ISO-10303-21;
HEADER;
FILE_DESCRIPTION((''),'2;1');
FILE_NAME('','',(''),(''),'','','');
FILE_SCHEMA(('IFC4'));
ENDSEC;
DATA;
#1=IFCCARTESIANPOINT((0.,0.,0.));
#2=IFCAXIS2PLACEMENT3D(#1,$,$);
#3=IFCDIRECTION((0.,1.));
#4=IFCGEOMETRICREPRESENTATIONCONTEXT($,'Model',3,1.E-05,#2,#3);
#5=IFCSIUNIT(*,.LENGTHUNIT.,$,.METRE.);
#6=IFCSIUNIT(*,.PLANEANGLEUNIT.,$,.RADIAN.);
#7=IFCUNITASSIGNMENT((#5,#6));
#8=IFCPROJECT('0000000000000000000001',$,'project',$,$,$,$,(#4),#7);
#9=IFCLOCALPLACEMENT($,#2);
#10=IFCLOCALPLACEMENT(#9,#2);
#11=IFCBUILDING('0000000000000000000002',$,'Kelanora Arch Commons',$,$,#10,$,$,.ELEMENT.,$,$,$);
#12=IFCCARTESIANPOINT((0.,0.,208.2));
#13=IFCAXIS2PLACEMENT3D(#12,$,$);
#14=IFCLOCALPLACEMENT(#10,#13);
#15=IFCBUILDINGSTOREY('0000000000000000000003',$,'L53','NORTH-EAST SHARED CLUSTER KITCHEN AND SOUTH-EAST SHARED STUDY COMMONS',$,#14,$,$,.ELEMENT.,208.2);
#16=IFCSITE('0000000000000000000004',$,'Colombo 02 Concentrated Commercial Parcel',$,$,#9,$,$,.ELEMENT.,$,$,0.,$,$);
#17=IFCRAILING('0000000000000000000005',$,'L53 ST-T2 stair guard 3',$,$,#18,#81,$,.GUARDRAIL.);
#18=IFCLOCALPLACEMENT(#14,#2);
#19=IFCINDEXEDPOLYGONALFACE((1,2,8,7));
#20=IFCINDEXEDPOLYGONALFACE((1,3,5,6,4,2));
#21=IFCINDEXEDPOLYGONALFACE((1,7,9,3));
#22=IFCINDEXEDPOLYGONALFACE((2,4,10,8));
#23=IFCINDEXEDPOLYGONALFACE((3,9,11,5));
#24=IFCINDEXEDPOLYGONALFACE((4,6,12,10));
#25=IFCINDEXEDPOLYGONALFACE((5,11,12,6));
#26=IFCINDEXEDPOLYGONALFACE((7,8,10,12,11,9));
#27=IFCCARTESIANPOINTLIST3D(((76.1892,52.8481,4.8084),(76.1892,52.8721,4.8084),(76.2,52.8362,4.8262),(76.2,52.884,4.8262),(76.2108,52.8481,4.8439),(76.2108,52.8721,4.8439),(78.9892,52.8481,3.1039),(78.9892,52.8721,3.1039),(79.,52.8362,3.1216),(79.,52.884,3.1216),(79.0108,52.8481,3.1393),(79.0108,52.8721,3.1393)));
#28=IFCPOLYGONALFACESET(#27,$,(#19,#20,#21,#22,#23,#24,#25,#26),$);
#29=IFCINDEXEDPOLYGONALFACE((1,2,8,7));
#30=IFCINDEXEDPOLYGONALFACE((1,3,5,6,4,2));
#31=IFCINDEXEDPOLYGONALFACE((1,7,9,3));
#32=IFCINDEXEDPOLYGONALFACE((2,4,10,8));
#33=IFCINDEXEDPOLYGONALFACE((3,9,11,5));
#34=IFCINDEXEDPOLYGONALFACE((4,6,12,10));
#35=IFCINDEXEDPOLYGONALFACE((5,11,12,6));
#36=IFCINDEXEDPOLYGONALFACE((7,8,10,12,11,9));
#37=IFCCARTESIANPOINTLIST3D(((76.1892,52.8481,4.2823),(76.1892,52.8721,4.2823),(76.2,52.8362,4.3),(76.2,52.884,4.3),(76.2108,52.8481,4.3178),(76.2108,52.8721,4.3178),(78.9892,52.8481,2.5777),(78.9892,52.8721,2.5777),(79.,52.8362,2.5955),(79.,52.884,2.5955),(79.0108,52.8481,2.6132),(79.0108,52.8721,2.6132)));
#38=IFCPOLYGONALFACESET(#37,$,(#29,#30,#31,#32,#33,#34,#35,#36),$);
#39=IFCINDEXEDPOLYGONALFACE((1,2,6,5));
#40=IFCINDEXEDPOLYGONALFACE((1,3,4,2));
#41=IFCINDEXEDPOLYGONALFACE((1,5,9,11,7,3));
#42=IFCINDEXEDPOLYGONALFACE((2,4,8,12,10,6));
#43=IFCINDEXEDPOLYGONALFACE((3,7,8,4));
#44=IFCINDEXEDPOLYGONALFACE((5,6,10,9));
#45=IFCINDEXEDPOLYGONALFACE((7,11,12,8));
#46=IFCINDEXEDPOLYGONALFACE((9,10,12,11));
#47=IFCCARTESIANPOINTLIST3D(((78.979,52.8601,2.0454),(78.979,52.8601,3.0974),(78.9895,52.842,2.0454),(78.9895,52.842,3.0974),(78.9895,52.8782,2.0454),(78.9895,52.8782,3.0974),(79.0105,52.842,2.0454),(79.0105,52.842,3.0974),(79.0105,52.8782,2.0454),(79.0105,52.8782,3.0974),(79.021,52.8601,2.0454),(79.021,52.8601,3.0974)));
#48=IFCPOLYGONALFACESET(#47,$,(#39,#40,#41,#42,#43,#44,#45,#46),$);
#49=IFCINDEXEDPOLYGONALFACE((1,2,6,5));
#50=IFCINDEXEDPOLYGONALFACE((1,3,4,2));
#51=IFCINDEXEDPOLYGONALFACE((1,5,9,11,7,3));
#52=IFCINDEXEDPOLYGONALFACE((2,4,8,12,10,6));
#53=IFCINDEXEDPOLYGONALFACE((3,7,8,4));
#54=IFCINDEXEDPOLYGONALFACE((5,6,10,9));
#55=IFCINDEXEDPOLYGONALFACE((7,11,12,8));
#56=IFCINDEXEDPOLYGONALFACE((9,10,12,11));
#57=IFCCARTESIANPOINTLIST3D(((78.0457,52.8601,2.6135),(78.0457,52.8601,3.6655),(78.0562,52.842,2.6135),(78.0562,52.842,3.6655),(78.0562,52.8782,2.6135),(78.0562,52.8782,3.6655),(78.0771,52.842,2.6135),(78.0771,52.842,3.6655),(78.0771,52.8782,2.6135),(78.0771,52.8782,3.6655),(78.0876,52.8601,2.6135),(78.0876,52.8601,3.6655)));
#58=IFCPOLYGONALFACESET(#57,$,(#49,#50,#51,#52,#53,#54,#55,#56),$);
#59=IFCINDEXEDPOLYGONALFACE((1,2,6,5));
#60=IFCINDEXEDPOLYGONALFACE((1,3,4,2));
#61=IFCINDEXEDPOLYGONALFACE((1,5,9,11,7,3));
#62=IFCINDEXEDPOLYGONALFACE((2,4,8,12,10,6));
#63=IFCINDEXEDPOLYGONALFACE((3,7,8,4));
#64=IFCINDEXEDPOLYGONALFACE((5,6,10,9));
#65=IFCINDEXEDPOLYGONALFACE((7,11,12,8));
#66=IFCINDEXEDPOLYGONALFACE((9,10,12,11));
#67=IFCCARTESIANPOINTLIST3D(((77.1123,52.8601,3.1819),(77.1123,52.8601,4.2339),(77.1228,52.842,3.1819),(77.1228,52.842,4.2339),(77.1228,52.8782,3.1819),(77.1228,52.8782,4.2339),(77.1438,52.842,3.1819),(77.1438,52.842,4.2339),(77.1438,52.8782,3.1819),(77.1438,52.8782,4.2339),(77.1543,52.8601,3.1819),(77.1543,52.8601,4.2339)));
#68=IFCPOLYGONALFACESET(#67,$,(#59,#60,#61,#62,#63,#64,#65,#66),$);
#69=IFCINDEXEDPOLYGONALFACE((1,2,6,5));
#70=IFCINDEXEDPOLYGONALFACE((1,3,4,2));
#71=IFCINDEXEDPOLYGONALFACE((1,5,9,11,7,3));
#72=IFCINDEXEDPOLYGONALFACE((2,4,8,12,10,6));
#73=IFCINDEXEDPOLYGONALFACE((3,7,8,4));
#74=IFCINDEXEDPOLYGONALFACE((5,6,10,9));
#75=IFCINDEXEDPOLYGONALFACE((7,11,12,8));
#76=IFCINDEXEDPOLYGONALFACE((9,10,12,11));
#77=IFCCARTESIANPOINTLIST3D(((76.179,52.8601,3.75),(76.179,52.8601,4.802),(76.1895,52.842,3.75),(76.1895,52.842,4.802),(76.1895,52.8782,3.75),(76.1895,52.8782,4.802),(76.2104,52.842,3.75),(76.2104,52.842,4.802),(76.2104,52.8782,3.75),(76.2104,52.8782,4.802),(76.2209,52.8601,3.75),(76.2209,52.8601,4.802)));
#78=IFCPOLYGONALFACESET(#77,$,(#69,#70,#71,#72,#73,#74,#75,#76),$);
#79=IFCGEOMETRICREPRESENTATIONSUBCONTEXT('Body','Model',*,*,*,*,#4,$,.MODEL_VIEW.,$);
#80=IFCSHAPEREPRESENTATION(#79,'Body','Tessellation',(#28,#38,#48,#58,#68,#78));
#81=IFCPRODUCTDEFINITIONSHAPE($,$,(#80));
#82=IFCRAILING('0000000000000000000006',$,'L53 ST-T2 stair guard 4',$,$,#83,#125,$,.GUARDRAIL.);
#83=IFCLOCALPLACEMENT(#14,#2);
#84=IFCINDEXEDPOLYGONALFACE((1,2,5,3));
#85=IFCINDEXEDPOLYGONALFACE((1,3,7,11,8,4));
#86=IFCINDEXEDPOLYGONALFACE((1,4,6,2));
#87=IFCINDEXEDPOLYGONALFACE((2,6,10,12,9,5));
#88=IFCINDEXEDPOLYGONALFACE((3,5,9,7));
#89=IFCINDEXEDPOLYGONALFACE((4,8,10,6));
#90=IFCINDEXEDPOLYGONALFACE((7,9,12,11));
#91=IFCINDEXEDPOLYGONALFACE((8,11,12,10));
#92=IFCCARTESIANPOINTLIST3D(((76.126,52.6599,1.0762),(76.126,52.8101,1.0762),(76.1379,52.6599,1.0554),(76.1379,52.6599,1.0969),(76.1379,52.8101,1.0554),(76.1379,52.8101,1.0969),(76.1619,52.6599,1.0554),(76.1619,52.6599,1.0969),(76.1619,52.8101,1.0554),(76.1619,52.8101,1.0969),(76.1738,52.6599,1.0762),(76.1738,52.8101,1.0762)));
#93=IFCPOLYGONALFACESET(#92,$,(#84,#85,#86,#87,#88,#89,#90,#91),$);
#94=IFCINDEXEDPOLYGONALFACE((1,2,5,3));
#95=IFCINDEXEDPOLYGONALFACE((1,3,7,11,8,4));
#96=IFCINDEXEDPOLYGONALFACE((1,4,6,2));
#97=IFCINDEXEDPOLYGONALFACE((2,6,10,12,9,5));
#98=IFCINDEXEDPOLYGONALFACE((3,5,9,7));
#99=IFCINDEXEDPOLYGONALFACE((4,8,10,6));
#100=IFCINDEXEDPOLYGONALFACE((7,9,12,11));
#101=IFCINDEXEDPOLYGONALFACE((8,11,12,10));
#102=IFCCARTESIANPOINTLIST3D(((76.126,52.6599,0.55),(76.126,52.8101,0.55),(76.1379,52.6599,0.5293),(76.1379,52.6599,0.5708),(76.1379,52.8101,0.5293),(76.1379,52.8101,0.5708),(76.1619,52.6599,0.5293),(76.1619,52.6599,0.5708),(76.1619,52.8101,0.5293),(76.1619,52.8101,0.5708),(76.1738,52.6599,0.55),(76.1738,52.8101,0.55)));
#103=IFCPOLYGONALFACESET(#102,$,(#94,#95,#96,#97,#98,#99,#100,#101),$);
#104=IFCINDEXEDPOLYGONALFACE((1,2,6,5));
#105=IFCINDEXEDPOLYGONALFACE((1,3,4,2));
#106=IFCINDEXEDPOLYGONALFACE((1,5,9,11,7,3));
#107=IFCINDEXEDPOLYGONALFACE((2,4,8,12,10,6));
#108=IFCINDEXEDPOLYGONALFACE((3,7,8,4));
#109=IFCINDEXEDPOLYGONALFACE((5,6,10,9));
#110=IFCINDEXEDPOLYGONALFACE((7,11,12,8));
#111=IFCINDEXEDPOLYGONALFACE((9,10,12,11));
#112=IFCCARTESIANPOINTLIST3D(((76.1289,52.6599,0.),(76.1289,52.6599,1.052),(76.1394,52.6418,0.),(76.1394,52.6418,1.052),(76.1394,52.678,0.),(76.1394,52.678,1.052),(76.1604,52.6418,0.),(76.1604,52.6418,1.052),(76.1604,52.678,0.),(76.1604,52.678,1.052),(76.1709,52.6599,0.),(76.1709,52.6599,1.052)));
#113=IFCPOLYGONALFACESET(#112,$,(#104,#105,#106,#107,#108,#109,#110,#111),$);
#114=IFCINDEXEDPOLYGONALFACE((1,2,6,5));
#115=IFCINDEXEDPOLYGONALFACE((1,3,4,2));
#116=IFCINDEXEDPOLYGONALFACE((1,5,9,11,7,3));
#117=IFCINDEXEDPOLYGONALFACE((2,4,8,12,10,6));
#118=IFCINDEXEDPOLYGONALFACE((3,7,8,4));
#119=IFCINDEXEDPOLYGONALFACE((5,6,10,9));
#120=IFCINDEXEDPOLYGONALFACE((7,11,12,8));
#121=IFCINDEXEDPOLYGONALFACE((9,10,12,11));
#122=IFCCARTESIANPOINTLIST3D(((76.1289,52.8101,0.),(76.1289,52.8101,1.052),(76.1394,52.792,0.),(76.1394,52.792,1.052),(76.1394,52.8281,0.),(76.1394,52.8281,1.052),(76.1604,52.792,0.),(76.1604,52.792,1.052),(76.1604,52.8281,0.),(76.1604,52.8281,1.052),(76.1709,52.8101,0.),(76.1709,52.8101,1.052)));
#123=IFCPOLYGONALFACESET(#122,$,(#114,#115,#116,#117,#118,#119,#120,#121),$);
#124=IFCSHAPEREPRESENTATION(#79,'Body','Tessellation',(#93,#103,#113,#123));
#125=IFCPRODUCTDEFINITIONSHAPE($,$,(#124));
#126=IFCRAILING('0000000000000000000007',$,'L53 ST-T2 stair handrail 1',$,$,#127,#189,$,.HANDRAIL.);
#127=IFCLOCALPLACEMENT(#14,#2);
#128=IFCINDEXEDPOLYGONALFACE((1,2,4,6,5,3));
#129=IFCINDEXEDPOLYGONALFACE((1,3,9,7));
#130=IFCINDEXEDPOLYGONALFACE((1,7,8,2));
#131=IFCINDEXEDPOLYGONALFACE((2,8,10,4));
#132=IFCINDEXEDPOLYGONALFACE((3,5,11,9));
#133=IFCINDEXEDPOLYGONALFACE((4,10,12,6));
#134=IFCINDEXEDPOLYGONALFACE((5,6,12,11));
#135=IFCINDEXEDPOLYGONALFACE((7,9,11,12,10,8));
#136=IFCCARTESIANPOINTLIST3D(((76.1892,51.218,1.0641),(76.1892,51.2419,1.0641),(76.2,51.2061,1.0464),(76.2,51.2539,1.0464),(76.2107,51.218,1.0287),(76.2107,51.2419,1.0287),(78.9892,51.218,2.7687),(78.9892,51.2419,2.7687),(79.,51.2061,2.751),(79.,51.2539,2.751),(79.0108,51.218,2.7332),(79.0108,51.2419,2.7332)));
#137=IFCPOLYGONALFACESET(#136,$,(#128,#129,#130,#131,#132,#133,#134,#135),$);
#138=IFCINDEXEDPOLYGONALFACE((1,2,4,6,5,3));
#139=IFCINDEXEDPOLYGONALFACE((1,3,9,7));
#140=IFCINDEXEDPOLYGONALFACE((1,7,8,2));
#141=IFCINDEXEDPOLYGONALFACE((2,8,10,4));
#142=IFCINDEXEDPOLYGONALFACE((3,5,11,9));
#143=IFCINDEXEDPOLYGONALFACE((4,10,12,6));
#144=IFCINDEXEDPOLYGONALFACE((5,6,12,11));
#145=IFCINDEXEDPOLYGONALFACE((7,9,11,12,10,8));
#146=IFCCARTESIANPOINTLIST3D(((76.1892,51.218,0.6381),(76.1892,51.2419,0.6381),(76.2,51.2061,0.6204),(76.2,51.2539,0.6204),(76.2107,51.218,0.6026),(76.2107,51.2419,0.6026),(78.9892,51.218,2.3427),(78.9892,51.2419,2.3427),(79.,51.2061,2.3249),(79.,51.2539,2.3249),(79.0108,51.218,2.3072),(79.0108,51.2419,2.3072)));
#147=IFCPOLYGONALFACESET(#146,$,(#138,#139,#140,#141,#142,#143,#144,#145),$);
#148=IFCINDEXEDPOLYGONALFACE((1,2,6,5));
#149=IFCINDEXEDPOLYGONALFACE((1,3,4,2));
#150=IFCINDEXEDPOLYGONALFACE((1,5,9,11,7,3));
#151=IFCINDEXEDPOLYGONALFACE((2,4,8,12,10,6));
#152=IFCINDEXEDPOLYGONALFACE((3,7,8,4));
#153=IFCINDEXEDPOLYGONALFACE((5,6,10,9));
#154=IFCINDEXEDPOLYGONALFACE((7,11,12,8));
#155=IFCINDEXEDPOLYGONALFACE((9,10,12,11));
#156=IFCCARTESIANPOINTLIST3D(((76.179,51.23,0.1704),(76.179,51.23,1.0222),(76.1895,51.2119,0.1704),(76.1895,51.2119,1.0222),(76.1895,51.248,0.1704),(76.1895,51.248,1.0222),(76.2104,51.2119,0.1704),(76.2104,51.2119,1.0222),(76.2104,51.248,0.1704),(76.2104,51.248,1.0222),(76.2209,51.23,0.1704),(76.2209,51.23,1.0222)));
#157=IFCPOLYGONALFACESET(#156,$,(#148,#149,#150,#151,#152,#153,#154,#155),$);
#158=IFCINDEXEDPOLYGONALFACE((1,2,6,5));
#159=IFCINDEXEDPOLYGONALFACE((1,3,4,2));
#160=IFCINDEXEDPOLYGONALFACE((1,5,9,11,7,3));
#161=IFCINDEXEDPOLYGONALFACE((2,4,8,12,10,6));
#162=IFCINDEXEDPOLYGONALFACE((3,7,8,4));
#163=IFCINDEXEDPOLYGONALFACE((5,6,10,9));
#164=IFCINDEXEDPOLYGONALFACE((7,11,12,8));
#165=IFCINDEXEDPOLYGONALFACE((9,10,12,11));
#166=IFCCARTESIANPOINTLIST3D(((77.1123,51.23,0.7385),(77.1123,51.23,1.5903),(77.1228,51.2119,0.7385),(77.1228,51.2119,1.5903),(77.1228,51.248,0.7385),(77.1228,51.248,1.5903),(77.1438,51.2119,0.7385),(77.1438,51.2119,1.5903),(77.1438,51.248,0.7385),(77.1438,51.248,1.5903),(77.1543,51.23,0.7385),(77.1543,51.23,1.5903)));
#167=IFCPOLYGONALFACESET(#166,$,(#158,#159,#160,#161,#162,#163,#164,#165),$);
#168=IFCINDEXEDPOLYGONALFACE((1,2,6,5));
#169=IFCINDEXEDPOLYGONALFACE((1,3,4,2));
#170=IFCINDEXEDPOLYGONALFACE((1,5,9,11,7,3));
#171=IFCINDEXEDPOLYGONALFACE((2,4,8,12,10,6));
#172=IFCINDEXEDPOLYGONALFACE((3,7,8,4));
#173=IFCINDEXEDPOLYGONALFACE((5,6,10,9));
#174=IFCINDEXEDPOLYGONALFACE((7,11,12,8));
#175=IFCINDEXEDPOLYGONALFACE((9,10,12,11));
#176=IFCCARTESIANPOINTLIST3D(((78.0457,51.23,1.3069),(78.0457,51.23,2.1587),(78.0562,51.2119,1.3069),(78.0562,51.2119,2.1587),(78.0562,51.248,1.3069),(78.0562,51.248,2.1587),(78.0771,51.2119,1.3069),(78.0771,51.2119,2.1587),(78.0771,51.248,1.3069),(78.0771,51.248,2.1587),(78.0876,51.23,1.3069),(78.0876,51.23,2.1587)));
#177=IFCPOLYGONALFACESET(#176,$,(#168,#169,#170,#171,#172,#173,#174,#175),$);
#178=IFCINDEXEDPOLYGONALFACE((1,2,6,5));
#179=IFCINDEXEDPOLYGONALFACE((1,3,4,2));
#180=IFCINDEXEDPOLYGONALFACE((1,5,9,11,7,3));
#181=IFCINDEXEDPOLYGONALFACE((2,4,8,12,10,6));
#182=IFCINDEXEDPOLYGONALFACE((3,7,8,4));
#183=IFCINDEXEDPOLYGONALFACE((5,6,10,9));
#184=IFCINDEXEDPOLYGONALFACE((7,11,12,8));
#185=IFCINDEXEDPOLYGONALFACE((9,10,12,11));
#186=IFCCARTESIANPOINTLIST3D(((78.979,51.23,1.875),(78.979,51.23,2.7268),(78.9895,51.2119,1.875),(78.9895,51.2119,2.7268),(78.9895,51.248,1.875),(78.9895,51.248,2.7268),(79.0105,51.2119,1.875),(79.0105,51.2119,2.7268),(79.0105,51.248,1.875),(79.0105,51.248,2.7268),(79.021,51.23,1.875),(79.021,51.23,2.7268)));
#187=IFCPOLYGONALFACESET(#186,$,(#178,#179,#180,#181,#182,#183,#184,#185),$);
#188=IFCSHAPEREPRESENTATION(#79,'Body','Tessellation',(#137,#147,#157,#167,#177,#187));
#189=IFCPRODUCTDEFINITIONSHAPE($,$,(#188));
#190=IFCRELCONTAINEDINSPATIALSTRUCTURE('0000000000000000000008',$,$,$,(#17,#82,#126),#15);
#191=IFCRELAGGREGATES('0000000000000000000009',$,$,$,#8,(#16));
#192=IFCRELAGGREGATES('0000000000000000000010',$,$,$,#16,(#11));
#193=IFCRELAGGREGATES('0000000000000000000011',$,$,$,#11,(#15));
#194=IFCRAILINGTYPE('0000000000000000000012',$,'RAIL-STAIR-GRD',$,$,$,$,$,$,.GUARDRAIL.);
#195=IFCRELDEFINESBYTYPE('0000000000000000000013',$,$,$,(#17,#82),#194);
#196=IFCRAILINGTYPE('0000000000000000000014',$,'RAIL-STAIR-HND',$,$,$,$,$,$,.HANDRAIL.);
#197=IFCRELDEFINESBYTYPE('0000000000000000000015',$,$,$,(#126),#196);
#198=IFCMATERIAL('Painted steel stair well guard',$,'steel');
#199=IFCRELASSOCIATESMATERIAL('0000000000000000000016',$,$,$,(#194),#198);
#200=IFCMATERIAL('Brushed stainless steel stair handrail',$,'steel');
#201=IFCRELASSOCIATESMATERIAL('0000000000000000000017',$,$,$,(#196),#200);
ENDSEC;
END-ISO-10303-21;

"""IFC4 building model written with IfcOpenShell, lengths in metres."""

from ifc_helpers import new_model, si_unit, direction, frame, origin, place, context, subcontext, project, spatial, polyline, outline, extrude, material, type_object, element, save


model = new_model("IFC4")

# Units and contexts
model_context = context("Model", 3, precision=1e-05, world=origin(), true_north=direction((0.0, 1.0)))
body_context = subcontext(model_context, "Body", "Model", "MODEL_VIEW")
ifc_project = project(units=[si_unit("LENGTHUNIT", "METRE"), si_unit("PLANEANGLEUNIT", "RADIAN")], contexts=[model_context])

# Site, building, storey
site_placement = place(None, origin())
site = spatial("IfcSite", under=ifc_project, at=site_placement, Name="Colombo 02 Concentrated Commercial Parcel", CompositionType="ELEMENT", RefElevation=0.0)
building_placement = place(site_placement, origin())
building = spatial("IfcBuilding", under=site, at=building_placement, Name="Kelanora Arch Commons", CompositionType="ELEMENT")
storey_placement = place(building_placement, frame((0.0, 0.0, 208.2)))
storey = spatial("IfcBuildingStorey", under=building, at=storey_placement, Name="L53", Description="NORTH-EAST SHARED CLUSTER KITCHEN AND SOUTH-EAST SHARED STUDY COMMONS", CompositionType="ELEMENT", Elevation=208.2)

# Railings
ifc_material_1 = material(Name="Painted steel stair well guard", Category="steel")
railing_type_1 = type_object("IfcRailingType", Name="RAIL-STAIR-GRD", PredefinedType="GUARDRAIL", material=ifc_material_1)
railing_1_placement = place(storey_placement, frame((79.0, 52.8601, 2.0454)))
element("IfcRailing", 1, at=railing_1_placement, inside=storey, type_object=railing_type_1, Name="L53 ST-T2 stair guard 3", PredefinedType="GUARDRAIL", context=body_context, shape_type="SweptSolid", body=[
    extrude(outline(polyline([(0.0239, 0.0), (0.012, 0.0208), (-0.012, 0.0208), (-0.0239, 0.0), (-0.012, -0.0208), (0.012, -0.0208), (0.0239, 0.0)])), frame((0.0, 0.0, 1.0762), z_axis=(-0.85417, 0.0, 0.519994), x_axis=(0.0, -1.0, 0.0)), (0.0, 0.0, 1.0), 3.2781),
    extrude(outline(polyline([(0.0239, 0.0), (0.012, 0.0208), (-0.012, 0.0208), (-0.0239, 0.0), (-0.012, -0.0208), (0.012, -0.0208), (0.0239, 0.0)])), frame((0.0, 0.0, 0.55), z_axis=(-0.85417, 0.0, 0.519994), x_axis=(0.0, -1.0, 0.0)), (0.0, 0.0, 1.0), 3.2781),
    extrude(outline(polyline([(0.021, 0.0), (0.0105, 0.0181), (-0.0105, 0.0181), (-0.021, 0.0), (-0.0105, -0.0181), (0.0105, -0.0181), (0.021, 0.0)])), origin(), (0.0, 0.0, 1.0), 1.052),
    extrude(outline(polyline([(0.021, 0.0), (0.0105, 0.0181), (-0.0105, 0.0181), (-0.021, 0.0), (-0.0105, -0.0181), (0.0105, -0.0181), (0.021, 0.0)])), frame((-0.9333, 0.0, 0.5681)), (0.0, 0.0, 1.0), 1.052),
    extrude(outline(polyline([(0.021, 0.0), (0.0105, 0.0181), (-0.0105, 0.0181), (-0.021, 0.0), (-0.0105, -0.0181), (0.0105, -0.0181), (0.021, 0.0)])), frame((-1.8667, 0.0, 1.1365)), (0.0, 0.0, 1.0), 1.052),
    extrude(outline(polyline([(0.021, 0.0), (0.0105, 0.0181), (-0.0105, 0.0181), (-0.021, 0.0), (-0.0105, -0.0181), (0.0105, -0.0181), (0.021, 0.0)])), frame((-2.8, 0.0, 1.7046)), (0.0, 0.0, 1.0), 1.052),
])
railing_2_placement = place(storey_placement, frame((76.1499, 52.6599, 0.0)))
element("IfcRailing", 2, at=railing_2_placement, inside=storey, type_object=railing_type_1, Name="L53 ST-T2 stair guard 4", PredefinedType="GUARDRAIL", context=body_context, shape_type="SweptSolid", body=[
    extrude(outline(polyline([(0.0239, 0.0), (0.012, 0.0208), (-0.012, 0.0208), (-0.0239, 0.0), (-0.012, -0.0208), (0.012, -0.0208), (0.0239, 0.0)])), frame((0.0, 0.0, 1.0762), z_axis=(0.0, 1.0, 0.0), x_axis=(-1.0, 0.0, 0.0)), (0.0, 0.0, 1.0), 0.1501),
    extrude(outline(polyline([(0.0239, 0.0), (0.012, 0.0208), (-0.012, 0.0208), (-0.0239, 0.0), (-0.012, -0.0208), (0.012, -0.0208), (0.0239, 0.0)])), frame((0.0, 0.0, 0.55), z_axis=(0.0, 1.0, 0.0), x_axis=(-1.0, 0.0, 0.0)), (0.0, 0.0, 1.0), 0.1501),
    extrude(outline(polyline([(0.021, 0.0), (0.0105, 0.0181), (-0.0105, 0.0181), (-0.021, 0.0), (-0.0105, -0.0181), (0.0105, -0.0181), (0.021, 0.0)])), origin(), (0.0, 0.0, 1.0), 1.052),
    extrude(outline(polyline([(0.021, 0.0), (0.0105, 0.0181), (-0.0105, 0.0181), (-0.021, 0.0), (-0.0105, -0.0181), (0.0105, -0.0181), (0.021, 0.0)])), frame((0.0, 0.1501, 0.0)), (0.0, 0.0, 1.0), 1.052),
])
ifc_material_2 = material(Name="Brushed stainless steel stair handrail", Category="steel")
railing_type_2 = type_object("IfcRailingType", Name="RAIL-STAIR-HND", PredefinedType="HANDRAIL", material=ifc_material_2)
railing_3_placement = place(storey_placement, frame((76.2, 51.23, 0.1704)))
element("IfcRailing", 3, at=railing_3_placement, inside=storey, type_object=railing_type_2, Name="L53 ST-T2 stair handrail 1", PredefinedType="HANDRAIL", context=body_context, shape_type="SweptSolid", body=[
    extrude(outline(polyline([(0.0239, 0.0), (0.012, 0.0208), (-0.012, 0.0208), (-0.0239, 0.0), (-0.012, -0.0208), (0.012, -0.0208), (0.0239, 0.0)])), frame((0.0, 0.0, 0.876), z_axis=(0.85417, 0.0, 0.519994), x_axis=(0.0, 1.0, 0.0)), (0.0, 0.0, 1.0), 3.2781),
    extrude(outline(polyline([(0.0239, 0.0), (0.012, 0.0208), (-0.012, 0.0208), (-0.0239, 0.0), (-0.012, -0.0208), (0.012, -0.0208), (0.0239, 0.0)])), frame((0.0, 0.0, 0.45), z_axis=(0.85417, 0.0, 0.519994), x_axis=(0.0, 1.0, 0.0)), (0.0, 0.0, 1.0), 3.2781),
    extrude(outline(polyline([(0.021, 0.0), (0.0105, 0.0181), (-0.0105, 0.0181), (-0.021, 0.0), (-0.0105, -0.0181), (0.0105, -0.0181), (0.021, 0.0)])), origin(), (0.0, 0.0, 1.0), 0.8518),
    extrude(outline(polyline([(0.021, 0.0), (0.0105, 0.0181), (-0.0105, 0.0181), (-0.021, 0.0), (-0.0105, -0.0181), (0.0105, -0.0181), (0.021, 0.0)])), frame((0.9333, 0.0, 0.5681)), (0.0, 0.0, 1.0), 0.8518),
    extrude(outline(polyline([(0.021, 0.0), (0.0105, 0.0181), (-0.0105, 0.0181), (-0.021, 0.0), (-0.0105, -0.0181), (0.0105, -0.0181), (0.021, 0.0)])), frame((1.8667, 0.0, 1.1365)), (0.0, 0.0, 1.0), 0.8518),
    extrude(outline(polyline([(0.021, 0.0), (0.0105, 0.0181), (-0.0105, 0.0181), (-0.021, 0.0), (-0.0105, -0.0181), (0.0105, -0.0181), (0.021, 0.0)])), frame((2.8, 0.0, 1.7046)), (0.0, 0.0, 1.0), 0.8518),
])

save(model, "model.ifc")
